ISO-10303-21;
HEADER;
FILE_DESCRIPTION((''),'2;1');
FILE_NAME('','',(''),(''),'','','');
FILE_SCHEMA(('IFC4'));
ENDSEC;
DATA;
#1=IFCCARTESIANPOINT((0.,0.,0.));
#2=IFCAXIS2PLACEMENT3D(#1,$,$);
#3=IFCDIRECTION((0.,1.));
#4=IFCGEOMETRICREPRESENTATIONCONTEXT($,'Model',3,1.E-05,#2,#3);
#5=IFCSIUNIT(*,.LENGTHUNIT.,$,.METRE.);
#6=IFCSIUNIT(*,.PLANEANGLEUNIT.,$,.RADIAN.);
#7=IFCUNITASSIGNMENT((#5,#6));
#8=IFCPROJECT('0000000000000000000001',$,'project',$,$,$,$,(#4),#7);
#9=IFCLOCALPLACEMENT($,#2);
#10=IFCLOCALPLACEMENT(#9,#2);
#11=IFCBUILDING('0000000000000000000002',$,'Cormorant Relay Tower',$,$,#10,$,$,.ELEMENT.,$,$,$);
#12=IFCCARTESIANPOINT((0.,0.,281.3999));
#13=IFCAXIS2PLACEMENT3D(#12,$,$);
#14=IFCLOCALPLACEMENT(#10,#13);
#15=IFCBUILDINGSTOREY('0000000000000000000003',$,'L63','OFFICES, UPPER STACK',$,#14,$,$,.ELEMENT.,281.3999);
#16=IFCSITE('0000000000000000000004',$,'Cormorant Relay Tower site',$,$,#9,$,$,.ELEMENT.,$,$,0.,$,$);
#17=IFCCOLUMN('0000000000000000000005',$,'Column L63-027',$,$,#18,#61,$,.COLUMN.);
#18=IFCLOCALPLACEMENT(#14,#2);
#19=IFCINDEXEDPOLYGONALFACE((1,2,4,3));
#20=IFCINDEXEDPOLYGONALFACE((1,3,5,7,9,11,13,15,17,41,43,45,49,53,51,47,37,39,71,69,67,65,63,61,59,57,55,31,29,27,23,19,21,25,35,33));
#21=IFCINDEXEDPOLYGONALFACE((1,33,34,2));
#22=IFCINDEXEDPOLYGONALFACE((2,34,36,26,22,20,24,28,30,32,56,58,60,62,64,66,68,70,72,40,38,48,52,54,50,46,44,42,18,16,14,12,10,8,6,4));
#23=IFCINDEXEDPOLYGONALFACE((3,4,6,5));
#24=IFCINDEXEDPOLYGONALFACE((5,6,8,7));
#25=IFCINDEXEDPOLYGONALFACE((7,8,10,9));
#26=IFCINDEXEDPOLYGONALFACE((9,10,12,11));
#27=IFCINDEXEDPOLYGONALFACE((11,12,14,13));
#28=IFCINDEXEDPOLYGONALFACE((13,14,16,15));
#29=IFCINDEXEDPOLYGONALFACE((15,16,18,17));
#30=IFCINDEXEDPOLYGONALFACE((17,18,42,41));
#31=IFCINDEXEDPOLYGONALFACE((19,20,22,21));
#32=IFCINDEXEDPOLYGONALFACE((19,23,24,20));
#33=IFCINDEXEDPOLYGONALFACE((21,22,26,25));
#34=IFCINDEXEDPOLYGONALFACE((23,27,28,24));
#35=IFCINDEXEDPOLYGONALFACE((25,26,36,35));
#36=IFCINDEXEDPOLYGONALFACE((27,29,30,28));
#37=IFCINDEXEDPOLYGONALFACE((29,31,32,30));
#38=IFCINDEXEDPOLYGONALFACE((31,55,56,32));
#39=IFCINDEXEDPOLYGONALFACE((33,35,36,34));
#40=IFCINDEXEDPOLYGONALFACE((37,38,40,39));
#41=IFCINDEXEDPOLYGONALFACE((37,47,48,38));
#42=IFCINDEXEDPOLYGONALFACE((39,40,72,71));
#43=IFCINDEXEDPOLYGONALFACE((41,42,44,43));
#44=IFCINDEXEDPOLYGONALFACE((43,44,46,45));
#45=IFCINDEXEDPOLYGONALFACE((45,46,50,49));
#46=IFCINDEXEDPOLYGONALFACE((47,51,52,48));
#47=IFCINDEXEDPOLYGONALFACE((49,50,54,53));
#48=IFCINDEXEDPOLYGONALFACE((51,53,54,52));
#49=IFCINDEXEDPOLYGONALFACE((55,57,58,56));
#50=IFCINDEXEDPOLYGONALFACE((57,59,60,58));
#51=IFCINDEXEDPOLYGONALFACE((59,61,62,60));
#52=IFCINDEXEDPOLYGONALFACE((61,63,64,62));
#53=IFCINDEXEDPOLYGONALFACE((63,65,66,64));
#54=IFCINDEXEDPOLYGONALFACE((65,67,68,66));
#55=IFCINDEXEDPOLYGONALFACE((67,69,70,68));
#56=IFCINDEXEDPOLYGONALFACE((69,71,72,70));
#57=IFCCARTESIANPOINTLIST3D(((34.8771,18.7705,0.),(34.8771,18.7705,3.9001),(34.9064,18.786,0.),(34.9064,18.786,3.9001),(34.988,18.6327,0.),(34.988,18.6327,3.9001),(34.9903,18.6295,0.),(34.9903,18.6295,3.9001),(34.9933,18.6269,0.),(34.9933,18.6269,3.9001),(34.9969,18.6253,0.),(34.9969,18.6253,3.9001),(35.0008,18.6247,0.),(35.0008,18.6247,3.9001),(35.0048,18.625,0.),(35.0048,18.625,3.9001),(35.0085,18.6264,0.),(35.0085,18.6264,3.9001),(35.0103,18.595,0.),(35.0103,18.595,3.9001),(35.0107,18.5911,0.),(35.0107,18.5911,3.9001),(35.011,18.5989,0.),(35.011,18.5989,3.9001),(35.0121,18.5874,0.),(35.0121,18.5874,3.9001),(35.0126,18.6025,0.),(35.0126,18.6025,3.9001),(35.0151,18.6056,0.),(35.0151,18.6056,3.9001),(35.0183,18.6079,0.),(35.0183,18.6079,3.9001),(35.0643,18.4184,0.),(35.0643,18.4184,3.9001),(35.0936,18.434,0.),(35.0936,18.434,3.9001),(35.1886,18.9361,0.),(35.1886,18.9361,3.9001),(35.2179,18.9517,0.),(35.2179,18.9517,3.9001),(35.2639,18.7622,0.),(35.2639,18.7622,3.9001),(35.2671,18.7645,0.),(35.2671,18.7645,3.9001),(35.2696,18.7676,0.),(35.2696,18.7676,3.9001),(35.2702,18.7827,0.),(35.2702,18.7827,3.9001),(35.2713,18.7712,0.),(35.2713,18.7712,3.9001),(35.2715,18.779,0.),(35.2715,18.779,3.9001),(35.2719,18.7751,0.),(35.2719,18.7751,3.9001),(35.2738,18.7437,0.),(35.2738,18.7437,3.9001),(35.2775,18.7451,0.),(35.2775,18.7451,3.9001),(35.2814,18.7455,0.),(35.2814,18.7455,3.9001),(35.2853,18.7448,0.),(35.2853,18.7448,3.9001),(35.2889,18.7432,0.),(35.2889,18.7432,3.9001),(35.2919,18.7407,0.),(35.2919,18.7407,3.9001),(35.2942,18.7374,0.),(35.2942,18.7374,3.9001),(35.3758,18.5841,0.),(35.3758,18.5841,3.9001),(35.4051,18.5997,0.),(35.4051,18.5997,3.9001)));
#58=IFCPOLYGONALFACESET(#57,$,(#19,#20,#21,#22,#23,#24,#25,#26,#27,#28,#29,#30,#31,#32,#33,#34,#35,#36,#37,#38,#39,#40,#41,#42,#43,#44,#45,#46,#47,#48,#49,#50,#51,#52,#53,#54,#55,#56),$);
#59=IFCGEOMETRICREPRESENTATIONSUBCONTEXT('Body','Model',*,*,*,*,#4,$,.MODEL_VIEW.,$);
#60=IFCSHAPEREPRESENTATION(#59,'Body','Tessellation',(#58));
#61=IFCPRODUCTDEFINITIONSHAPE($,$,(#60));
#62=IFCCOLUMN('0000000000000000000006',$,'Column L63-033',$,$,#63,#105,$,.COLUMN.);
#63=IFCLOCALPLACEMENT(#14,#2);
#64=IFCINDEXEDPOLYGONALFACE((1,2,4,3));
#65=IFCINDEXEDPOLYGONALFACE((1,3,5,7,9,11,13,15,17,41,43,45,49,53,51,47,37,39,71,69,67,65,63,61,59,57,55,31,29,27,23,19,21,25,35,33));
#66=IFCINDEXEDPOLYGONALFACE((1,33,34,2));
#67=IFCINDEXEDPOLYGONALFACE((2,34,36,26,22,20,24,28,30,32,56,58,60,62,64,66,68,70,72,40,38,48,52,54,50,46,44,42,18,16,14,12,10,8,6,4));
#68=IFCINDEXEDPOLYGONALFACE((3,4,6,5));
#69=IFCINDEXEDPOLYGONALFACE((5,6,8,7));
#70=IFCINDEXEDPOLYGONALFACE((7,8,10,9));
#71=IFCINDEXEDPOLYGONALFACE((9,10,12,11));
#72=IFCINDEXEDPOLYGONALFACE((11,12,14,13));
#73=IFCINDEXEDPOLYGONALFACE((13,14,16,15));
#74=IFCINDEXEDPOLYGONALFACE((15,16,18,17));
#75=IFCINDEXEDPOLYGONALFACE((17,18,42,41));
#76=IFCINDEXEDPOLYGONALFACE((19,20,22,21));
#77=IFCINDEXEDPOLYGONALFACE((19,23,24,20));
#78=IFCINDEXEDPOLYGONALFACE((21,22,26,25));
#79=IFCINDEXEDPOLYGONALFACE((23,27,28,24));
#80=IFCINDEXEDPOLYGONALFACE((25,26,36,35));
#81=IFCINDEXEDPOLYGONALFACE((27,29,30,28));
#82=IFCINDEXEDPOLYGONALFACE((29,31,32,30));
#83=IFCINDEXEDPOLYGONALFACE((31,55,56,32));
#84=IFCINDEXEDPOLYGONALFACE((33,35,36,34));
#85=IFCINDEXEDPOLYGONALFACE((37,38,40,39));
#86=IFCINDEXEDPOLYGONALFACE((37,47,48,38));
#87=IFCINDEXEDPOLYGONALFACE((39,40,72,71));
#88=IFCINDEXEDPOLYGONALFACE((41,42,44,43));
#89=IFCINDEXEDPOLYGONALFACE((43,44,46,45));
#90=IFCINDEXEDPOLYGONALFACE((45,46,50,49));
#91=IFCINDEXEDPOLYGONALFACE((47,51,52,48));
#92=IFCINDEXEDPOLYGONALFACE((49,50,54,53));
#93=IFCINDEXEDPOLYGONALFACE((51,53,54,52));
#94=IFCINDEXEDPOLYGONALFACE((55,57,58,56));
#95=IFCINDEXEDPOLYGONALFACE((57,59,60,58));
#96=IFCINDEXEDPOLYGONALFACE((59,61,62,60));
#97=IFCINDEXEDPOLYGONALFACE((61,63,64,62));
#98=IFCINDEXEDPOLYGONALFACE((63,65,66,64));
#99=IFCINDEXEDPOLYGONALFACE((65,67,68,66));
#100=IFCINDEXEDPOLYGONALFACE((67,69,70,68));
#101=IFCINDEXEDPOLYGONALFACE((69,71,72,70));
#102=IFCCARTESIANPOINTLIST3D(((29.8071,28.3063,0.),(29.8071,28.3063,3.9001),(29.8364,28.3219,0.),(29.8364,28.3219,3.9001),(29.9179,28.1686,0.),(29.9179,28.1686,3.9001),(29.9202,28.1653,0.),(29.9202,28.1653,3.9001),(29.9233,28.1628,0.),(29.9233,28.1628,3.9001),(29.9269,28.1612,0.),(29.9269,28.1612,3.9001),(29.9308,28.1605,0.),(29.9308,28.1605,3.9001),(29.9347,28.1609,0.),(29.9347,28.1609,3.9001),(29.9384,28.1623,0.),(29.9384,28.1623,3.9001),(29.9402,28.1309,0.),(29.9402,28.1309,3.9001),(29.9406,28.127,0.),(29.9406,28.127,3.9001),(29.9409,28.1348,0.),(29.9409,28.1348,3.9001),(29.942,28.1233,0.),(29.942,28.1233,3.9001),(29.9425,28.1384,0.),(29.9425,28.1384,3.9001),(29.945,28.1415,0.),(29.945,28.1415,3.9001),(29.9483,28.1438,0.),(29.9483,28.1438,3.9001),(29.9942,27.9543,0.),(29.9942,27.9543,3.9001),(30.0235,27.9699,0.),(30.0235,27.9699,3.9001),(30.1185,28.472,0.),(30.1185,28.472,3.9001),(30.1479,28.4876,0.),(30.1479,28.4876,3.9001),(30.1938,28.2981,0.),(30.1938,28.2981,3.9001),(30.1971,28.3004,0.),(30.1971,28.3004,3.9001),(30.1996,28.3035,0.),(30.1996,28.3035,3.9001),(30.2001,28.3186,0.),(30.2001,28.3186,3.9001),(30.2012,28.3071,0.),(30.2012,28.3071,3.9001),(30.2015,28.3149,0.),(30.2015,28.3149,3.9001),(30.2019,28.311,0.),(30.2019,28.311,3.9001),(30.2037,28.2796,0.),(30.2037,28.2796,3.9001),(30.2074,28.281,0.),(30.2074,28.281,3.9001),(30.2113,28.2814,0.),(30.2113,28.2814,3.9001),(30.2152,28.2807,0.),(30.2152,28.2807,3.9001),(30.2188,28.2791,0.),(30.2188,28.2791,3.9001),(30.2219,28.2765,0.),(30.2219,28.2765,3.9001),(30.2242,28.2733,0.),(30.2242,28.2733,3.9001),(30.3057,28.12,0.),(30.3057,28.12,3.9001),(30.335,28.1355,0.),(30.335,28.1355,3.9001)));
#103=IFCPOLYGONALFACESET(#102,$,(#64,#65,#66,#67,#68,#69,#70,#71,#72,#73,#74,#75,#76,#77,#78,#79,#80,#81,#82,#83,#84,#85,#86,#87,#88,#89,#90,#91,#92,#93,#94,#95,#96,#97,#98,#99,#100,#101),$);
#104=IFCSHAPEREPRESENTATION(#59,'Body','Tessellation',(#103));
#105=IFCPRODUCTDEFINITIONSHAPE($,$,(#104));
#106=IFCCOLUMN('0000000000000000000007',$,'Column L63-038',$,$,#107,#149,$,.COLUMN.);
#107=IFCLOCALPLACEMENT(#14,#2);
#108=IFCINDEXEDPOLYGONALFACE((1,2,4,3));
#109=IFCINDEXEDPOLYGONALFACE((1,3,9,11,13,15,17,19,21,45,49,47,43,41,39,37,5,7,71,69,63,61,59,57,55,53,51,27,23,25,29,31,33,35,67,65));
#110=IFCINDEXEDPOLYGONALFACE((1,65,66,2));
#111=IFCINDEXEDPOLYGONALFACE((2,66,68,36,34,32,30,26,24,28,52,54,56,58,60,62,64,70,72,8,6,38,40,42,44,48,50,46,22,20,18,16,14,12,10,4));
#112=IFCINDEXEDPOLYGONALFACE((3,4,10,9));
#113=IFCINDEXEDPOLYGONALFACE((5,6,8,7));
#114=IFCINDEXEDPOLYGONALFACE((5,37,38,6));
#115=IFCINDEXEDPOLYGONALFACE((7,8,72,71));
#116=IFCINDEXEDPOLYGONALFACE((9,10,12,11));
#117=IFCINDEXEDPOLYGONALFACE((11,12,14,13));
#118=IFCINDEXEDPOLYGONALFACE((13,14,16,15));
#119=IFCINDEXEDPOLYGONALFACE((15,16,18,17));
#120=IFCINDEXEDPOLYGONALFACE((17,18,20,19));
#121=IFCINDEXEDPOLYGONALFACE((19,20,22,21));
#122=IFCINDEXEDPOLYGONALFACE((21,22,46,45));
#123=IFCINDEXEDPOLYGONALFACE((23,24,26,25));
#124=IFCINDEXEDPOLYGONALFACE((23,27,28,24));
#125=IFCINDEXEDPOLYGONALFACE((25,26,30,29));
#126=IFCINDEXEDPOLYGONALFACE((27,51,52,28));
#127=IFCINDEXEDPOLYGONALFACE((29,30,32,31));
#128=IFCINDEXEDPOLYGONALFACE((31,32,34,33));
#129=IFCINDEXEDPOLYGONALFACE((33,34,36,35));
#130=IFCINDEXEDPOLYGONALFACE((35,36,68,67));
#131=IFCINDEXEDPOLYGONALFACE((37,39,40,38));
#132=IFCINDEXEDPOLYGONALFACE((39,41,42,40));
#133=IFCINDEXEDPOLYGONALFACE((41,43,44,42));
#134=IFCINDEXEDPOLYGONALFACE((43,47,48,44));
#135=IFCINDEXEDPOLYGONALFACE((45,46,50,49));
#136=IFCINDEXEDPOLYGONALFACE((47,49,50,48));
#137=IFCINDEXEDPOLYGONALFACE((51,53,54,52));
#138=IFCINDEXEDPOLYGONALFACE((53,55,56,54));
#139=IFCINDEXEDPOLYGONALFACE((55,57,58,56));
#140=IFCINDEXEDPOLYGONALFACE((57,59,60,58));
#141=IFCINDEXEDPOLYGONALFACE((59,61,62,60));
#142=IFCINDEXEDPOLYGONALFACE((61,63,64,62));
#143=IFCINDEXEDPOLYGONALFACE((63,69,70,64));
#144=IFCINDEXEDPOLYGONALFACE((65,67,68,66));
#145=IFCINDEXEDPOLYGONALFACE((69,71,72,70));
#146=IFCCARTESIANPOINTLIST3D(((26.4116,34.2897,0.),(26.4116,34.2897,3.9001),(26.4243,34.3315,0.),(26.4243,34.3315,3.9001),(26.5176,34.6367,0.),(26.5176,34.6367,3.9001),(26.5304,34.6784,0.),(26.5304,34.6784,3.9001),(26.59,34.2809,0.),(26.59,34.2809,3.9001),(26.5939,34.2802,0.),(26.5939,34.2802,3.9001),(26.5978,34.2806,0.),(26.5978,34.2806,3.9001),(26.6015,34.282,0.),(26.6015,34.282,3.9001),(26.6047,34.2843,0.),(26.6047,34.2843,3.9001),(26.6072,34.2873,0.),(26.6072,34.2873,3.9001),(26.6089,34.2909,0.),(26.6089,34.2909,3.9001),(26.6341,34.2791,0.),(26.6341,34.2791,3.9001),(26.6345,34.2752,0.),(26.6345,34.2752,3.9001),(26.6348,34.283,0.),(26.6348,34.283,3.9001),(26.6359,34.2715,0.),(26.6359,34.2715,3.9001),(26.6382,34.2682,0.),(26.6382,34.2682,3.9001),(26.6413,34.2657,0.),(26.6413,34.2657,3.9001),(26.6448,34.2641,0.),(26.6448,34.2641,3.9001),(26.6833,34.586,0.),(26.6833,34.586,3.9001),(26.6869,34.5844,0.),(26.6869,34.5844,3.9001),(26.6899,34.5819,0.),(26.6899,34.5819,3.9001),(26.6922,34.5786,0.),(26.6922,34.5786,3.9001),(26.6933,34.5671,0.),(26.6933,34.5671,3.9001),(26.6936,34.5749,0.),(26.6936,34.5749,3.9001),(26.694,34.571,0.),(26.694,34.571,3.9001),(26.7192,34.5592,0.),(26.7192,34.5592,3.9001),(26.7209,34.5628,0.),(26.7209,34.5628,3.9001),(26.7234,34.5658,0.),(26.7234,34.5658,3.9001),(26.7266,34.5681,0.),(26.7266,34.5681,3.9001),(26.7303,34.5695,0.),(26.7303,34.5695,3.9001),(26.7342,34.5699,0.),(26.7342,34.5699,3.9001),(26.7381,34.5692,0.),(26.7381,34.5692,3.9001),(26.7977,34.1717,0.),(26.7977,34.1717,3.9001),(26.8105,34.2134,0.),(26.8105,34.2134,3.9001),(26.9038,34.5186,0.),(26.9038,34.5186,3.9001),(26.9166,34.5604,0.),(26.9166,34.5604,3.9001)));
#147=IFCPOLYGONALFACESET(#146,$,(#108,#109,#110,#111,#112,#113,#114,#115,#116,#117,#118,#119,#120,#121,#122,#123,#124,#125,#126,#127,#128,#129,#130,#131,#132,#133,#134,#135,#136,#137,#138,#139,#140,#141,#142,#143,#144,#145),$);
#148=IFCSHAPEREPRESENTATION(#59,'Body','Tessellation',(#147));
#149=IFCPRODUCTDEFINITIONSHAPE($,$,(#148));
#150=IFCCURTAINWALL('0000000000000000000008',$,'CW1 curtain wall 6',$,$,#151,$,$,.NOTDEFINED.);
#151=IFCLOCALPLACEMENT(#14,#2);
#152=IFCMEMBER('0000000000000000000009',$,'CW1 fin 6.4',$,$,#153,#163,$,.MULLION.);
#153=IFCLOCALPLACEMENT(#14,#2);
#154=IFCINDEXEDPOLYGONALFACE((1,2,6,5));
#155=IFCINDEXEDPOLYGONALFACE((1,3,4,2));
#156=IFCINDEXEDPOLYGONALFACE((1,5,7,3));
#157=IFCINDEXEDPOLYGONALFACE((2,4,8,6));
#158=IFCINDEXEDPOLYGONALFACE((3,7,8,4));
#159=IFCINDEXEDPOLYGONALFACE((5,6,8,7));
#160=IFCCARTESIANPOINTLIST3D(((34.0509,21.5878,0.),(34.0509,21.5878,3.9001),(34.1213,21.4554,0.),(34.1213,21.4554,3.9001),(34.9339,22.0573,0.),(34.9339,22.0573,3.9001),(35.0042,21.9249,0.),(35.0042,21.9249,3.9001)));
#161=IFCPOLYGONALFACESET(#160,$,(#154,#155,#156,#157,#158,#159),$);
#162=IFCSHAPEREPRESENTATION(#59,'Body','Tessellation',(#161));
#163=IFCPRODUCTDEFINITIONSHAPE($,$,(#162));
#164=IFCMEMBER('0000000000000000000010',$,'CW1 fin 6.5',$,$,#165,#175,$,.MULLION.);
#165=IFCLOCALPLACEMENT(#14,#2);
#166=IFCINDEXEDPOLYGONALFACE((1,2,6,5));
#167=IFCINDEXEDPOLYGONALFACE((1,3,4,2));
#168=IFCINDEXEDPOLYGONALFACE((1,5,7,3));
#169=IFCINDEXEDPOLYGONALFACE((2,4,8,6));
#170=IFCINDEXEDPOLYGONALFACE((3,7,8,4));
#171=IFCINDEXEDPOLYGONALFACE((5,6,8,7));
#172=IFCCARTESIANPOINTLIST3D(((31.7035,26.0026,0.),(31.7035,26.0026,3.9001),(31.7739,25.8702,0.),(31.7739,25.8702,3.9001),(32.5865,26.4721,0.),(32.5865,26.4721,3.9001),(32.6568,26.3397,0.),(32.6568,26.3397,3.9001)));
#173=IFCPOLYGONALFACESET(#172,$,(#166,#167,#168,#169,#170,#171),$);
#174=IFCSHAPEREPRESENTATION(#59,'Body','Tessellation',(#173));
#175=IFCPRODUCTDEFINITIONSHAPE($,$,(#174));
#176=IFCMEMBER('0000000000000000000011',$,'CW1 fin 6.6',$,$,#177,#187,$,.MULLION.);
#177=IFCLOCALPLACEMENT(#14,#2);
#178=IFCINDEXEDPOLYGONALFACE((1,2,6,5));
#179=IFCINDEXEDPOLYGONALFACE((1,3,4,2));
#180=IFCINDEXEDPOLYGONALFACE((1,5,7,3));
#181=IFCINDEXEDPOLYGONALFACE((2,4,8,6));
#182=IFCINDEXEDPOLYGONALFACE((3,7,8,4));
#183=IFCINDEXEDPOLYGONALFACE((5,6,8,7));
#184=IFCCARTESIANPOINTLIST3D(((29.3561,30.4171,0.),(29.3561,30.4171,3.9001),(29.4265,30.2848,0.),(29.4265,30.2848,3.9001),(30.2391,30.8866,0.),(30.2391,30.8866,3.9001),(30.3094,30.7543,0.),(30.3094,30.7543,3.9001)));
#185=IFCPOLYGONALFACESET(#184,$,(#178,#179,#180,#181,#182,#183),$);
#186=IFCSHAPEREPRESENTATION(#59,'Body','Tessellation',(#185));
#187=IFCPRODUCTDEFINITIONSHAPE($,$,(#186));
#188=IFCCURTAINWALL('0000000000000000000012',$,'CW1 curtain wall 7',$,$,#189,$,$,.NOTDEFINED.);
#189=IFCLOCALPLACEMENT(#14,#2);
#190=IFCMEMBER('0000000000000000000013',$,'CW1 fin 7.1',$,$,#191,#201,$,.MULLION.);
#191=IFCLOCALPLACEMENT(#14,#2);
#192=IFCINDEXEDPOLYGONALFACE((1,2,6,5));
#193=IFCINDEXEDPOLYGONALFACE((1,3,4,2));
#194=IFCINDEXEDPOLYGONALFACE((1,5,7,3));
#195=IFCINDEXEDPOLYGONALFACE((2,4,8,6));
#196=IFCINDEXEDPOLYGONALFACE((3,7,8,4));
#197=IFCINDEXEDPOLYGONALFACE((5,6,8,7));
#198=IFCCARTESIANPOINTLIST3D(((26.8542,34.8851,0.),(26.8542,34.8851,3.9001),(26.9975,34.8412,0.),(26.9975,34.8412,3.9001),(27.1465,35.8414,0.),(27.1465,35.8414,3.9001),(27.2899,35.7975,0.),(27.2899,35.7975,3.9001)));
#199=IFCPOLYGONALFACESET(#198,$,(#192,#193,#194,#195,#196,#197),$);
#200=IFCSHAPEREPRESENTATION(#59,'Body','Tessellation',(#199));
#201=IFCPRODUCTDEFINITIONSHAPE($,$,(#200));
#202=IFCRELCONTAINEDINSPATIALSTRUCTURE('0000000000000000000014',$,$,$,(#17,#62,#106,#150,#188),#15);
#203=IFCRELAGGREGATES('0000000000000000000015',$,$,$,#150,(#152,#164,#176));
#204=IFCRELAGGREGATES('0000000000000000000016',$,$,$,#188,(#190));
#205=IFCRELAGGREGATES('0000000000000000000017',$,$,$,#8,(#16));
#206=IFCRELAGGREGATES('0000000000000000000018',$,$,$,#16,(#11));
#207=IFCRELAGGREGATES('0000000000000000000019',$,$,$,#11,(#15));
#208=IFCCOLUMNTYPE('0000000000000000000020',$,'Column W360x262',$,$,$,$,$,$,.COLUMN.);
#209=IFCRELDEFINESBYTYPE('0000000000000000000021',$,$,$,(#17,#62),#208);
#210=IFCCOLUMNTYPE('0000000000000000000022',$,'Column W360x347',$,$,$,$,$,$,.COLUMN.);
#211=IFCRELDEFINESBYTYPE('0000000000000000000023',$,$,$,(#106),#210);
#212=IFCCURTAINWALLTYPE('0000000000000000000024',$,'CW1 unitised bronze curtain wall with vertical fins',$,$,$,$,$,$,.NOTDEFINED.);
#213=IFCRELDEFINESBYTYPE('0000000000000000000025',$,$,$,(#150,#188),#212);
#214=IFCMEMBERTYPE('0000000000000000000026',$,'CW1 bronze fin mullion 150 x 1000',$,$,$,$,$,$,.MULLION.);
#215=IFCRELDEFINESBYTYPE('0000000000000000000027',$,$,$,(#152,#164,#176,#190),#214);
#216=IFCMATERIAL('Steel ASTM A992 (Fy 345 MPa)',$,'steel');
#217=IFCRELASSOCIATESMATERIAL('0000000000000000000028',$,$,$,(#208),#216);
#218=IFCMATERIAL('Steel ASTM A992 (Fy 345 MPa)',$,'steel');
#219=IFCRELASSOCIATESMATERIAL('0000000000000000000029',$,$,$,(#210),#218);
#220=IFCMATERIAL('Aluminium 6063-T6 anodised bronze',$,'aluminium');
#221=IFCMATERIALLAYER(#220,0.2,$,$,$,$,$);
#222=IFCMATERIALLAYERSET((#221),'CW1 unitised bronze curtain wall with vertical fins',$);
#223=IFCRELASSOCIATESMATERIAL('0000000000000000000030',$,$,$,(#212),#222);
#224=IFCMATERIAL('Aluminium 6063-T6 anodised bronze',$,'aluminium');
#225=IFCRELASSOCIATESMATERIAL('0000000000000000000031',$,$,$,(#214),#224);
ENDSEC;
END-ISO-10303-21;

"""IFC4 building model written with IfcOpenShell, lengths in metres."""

from ifc_helpers import new_model, si_unit, direction, frame, origin, origin_2d, place, context, subcontext, project, spatial, rectangle, i_section, extrude, material, layer, layer_set, material_profile, profile_set, type_object, element, aggregate, save


model = new_model("IFC4")

# Units and contexts
model_context = context("Model", 3, precision=1e-05, world=origin(), true_north=direction((0.0, 1.0)))
body_context = subcontext(model_context, "Body", "Model", "MODEL_VIEW")
ifc_project = project(units=[si_unit("LENGTHUNIT", "METRE"), si_unit("PLANEANGLEUNIT", "RADIAN")], contexts=[model_context])

# Site, building, storey
site_placement = place(None, origin())
site = spatial("IfcSite", under=ifc_project, at=site_placement, Name="Cormorant Relay Tower site", CompositionType="ELEMENT", RefElevation=0.0)
building_placement = place(site_placement, origin())
building = spatial("IfcBuilding", under=site, at=building_placement, Name="Cormorant Relay Tower", CompositionType="ELEMENT")
storey_placement = place(building_placement, frame((0.0, 0.0, 281.3999)))
storey = spatial("IfcBuildingStorey", under=building, at=storey_placement, Name="L63", Description="OFFICES, UPPER STACK", CompositionType="ELEMENT", Elevation=281.3999)

# Columns
ifc_material_1 = material(Name="Steel ASTM A992 (Fy 345 MPa)", Category="steel")
ifc_material_profile_1 = material_profile(ifc_material_1, i_section(OverallWidth=0.3987, OverallDepth=0.386, WebThickness=0.021, FlangeThickness=0.0332, FilletRadius=0.0151, at=origin_2d()), Name="W360x262")
ifc_profile_set_1 = profile_set([ifc_material_profile_1], Name="Steel ASTM A992 (Fy 345 MPa)")
column_type_1 = type_object("IfcColumnType", Name="Column W360x262", PredefinedType="COLUMN", material=ifc_profile_set_1)
for number, where, z_axis, x_axis, name in (
    (1, (35.1411, 18.6851, 0.0), (0.0, 0.0, 1.0), (-0.469472, 0.882948, 0.0), "Column L63-027"),
    (2, (30.071, 28.2209, 0.0), (0.0, 0.0, 1.0), (-0.469472, 0.882948, 0.0), "Column L63-033"),
):
    element("IfcColumn", number, at=place(storey_placement, frame(where, z_axis=z_axis, x_axis=x_axis)), inside=storey, type_object=column_type_1, Name=name, PredefinedType="COLUMN", context=body_context, shape_type="SweptSolid", body=[
        extrude(i_section(OverallWidth=0.3987, OverallDepth=0.386, WebThickness=0.021, FlangeThickness=0.0332, FilletRadius=0.0151, at=origin_2d()), origin(), (0.0, 0.0, 1.0), 3.9001),
    ])
ifc_material_2 = material(Name="Steel ASTM A992 (Fy 345 MPa)", Category="steel")
ifc_material_profile_2 = material_profile(ifc_material_2, i_section(OverallWidth=0.4038, OverallDepth=0.4065, WebThickness=0.0271, FlangeThickness=0.0437, FilletRadius=0.0151, at=origin_2d()), Name="W360x347")
ifc_profile_set_2 = profile_set([ifc_material_profile_2], Name="Steel ASTM A992 (Fy 345 MPa)")
column_type_2 = type_object("IfcColumnType", Name="Column W360x347", PredefinedType="COLUMN", material=ifc_profile_set_2)
column_placement = place(storey_placement, frame((26.6641, 34.425, 0.0), z_axis=(0.0, 0.0, 1.0), x_axis=(-0.956305, 0.292372, 0.0)))
element("IfcColumn", 3, at=column_placement, inside=storey, type_object=column_type_2, Name="Column L63-038", PredefinedType="COLUMN", context=body_context, shape_type="SweptSolid", body=[
    extrude(i_section(OverallWidth=0.4038, OverallDepth=0.4065, WebThickness=0.0271, FlangeThickness=0.0437, FilletRadius=0.0151, at=origin_2d()), origin(), (0.0, 0.0, 1.0), 3.9001),
])

# Curtain walls, members
ifc_material_3 = material(Name="Aluminium 6063-T6 anodised bronze", Category="aluminium")
ifc_layer_1 = layer(ifc_material_3, 0.2)
ifc_layer_set_1 = layer_set([ifc_layer_1], Name="CW1 unitised bronze curtain wall with vertical fins")
curtain_wall_type = type_object("IfcCurtainWallType", Name="CW1 unitised bronze curtain wall with vertical fins", PredefinedType="NOTDEFINED", material=ifc_layer_set_1)
curtain_wall_1_placement = place(storey_placement, origin())
curtain_wall_1 = element("IfcCurtainWall", 4, at=curtain_wall_1_placement, inside=storey, type_object=curtain_wall_type, Name="CW1 curtain wall 6", PredefinedType="NOTDEFINED")
ifc_material_4 = material(Name="Aluminium 6063-T6 anodised bronze", Category="aluminium")
ifc_material_profile_3 = material_profile(ifc_material_4, rectangle(XDim=0.1499, YDim=1.0, at=origin_2d()), Name="AL 150x1000")
ifc_profile_set_3 = profile_set([ifc_material_profile_3], Name="Aluminium 6063-T6 anodised bronze")
member_type_1 = type_object("IfcMemberType", Name="CW1 bronze fin mullion 150 x 1000", PredefinedType="MULLION", material=ifc_profile_set_3)
member_1_placement = place(storey_placement, frame((34.5276, 21.7563, 0.0), z_axis=(0.0, 0.0, 1.0), x_axis=(-0.469472, 0.882948, 0.0)))
member_1 = element("IfcMember", 5, at=member_1_placement, type_object=member_type_1, Name="CW1 fin 6.4", PredefinedType="MULLION", context=body_context, shape_type="SweptSolid", body=[
    extrude(rectangle(XDim=0.1499, YDim=1.0, at=origin_2d()), origin(), (0.0, 0.0, 1.0), 3.9001),
])
member_2_placement = place(storey_placement, frame((32.1802, 26.1711, 0.0), z_axis=(0.0, 0.0, 1.0), x_axis=(-0.469472, 0.882948, 0.0)))
member_2 = element("IfcMember", 6, at=member_2_placement, type_object=member_type_1, Name="CW1 fin 6.5", PredefinedType="MULLION", context=body_context, shape_type="SweptSolid", body=[
    extrude(rectangle(XDim=0.1499, YDim=1.0, at=origin_2d()), origin(), (0.0, 0.0, 1.0), 3.9001),
])
member_3_placement = place(storey_placement, frame((29.8328, 30.5857, 0.0), z_axis=(0.0, 0.0, 1.0), x_axis=(-0.469472, 0.882948, 0.0)))
member_3 = element("IfcMember", 7, at=member_3_placement, type_object=member_type_1, Name="CW1 fin 6.6", PredefinedType="MULLION", context=body_context, shape_type="SweptSolid", body=[
    extrude(rectangle(XDim=0.1499, YDim=1.0, at=origin_2d()), origin(), (0.0, 0.0, 1.0), 3.9001),
])
curtain_wall_2_placement = place(storey_placement, origin())
curtain_wall_2 = element("IfcCurtainWall", 8, at=curtain_wall_2_placement, inside=storey, type_object=curtain_wall_type, Name="CW1 curtain wall 7", PredefinedType="NOTDEFINED")
member_4_placement = place(storey_placement, frame((27.072, 35.3413, 0.0), z_axis=(0.0, 0.0, 1.0), x_axis=(-0.956305, 0.292372, 0.0)))
member_4 = element("IfcMember", 9, at=member_4_placement, type_object=member_type_1, Name="CW1 fin 7.1", PredefinedType="MULLION", context=body_context, shape_type="SweptSolid", body=[
    extrude(rectangle(XDim=0.1499, YDim=1.0, at=origin_2d()), origin(), (0.0, 0.0, 1.0), 3.9001),
])

aggregate(curtain_wall_1, [member_1, member_2, member_3])
aggregate(curtain_wall_2, [member_4])

save(model, "model.ifc")
